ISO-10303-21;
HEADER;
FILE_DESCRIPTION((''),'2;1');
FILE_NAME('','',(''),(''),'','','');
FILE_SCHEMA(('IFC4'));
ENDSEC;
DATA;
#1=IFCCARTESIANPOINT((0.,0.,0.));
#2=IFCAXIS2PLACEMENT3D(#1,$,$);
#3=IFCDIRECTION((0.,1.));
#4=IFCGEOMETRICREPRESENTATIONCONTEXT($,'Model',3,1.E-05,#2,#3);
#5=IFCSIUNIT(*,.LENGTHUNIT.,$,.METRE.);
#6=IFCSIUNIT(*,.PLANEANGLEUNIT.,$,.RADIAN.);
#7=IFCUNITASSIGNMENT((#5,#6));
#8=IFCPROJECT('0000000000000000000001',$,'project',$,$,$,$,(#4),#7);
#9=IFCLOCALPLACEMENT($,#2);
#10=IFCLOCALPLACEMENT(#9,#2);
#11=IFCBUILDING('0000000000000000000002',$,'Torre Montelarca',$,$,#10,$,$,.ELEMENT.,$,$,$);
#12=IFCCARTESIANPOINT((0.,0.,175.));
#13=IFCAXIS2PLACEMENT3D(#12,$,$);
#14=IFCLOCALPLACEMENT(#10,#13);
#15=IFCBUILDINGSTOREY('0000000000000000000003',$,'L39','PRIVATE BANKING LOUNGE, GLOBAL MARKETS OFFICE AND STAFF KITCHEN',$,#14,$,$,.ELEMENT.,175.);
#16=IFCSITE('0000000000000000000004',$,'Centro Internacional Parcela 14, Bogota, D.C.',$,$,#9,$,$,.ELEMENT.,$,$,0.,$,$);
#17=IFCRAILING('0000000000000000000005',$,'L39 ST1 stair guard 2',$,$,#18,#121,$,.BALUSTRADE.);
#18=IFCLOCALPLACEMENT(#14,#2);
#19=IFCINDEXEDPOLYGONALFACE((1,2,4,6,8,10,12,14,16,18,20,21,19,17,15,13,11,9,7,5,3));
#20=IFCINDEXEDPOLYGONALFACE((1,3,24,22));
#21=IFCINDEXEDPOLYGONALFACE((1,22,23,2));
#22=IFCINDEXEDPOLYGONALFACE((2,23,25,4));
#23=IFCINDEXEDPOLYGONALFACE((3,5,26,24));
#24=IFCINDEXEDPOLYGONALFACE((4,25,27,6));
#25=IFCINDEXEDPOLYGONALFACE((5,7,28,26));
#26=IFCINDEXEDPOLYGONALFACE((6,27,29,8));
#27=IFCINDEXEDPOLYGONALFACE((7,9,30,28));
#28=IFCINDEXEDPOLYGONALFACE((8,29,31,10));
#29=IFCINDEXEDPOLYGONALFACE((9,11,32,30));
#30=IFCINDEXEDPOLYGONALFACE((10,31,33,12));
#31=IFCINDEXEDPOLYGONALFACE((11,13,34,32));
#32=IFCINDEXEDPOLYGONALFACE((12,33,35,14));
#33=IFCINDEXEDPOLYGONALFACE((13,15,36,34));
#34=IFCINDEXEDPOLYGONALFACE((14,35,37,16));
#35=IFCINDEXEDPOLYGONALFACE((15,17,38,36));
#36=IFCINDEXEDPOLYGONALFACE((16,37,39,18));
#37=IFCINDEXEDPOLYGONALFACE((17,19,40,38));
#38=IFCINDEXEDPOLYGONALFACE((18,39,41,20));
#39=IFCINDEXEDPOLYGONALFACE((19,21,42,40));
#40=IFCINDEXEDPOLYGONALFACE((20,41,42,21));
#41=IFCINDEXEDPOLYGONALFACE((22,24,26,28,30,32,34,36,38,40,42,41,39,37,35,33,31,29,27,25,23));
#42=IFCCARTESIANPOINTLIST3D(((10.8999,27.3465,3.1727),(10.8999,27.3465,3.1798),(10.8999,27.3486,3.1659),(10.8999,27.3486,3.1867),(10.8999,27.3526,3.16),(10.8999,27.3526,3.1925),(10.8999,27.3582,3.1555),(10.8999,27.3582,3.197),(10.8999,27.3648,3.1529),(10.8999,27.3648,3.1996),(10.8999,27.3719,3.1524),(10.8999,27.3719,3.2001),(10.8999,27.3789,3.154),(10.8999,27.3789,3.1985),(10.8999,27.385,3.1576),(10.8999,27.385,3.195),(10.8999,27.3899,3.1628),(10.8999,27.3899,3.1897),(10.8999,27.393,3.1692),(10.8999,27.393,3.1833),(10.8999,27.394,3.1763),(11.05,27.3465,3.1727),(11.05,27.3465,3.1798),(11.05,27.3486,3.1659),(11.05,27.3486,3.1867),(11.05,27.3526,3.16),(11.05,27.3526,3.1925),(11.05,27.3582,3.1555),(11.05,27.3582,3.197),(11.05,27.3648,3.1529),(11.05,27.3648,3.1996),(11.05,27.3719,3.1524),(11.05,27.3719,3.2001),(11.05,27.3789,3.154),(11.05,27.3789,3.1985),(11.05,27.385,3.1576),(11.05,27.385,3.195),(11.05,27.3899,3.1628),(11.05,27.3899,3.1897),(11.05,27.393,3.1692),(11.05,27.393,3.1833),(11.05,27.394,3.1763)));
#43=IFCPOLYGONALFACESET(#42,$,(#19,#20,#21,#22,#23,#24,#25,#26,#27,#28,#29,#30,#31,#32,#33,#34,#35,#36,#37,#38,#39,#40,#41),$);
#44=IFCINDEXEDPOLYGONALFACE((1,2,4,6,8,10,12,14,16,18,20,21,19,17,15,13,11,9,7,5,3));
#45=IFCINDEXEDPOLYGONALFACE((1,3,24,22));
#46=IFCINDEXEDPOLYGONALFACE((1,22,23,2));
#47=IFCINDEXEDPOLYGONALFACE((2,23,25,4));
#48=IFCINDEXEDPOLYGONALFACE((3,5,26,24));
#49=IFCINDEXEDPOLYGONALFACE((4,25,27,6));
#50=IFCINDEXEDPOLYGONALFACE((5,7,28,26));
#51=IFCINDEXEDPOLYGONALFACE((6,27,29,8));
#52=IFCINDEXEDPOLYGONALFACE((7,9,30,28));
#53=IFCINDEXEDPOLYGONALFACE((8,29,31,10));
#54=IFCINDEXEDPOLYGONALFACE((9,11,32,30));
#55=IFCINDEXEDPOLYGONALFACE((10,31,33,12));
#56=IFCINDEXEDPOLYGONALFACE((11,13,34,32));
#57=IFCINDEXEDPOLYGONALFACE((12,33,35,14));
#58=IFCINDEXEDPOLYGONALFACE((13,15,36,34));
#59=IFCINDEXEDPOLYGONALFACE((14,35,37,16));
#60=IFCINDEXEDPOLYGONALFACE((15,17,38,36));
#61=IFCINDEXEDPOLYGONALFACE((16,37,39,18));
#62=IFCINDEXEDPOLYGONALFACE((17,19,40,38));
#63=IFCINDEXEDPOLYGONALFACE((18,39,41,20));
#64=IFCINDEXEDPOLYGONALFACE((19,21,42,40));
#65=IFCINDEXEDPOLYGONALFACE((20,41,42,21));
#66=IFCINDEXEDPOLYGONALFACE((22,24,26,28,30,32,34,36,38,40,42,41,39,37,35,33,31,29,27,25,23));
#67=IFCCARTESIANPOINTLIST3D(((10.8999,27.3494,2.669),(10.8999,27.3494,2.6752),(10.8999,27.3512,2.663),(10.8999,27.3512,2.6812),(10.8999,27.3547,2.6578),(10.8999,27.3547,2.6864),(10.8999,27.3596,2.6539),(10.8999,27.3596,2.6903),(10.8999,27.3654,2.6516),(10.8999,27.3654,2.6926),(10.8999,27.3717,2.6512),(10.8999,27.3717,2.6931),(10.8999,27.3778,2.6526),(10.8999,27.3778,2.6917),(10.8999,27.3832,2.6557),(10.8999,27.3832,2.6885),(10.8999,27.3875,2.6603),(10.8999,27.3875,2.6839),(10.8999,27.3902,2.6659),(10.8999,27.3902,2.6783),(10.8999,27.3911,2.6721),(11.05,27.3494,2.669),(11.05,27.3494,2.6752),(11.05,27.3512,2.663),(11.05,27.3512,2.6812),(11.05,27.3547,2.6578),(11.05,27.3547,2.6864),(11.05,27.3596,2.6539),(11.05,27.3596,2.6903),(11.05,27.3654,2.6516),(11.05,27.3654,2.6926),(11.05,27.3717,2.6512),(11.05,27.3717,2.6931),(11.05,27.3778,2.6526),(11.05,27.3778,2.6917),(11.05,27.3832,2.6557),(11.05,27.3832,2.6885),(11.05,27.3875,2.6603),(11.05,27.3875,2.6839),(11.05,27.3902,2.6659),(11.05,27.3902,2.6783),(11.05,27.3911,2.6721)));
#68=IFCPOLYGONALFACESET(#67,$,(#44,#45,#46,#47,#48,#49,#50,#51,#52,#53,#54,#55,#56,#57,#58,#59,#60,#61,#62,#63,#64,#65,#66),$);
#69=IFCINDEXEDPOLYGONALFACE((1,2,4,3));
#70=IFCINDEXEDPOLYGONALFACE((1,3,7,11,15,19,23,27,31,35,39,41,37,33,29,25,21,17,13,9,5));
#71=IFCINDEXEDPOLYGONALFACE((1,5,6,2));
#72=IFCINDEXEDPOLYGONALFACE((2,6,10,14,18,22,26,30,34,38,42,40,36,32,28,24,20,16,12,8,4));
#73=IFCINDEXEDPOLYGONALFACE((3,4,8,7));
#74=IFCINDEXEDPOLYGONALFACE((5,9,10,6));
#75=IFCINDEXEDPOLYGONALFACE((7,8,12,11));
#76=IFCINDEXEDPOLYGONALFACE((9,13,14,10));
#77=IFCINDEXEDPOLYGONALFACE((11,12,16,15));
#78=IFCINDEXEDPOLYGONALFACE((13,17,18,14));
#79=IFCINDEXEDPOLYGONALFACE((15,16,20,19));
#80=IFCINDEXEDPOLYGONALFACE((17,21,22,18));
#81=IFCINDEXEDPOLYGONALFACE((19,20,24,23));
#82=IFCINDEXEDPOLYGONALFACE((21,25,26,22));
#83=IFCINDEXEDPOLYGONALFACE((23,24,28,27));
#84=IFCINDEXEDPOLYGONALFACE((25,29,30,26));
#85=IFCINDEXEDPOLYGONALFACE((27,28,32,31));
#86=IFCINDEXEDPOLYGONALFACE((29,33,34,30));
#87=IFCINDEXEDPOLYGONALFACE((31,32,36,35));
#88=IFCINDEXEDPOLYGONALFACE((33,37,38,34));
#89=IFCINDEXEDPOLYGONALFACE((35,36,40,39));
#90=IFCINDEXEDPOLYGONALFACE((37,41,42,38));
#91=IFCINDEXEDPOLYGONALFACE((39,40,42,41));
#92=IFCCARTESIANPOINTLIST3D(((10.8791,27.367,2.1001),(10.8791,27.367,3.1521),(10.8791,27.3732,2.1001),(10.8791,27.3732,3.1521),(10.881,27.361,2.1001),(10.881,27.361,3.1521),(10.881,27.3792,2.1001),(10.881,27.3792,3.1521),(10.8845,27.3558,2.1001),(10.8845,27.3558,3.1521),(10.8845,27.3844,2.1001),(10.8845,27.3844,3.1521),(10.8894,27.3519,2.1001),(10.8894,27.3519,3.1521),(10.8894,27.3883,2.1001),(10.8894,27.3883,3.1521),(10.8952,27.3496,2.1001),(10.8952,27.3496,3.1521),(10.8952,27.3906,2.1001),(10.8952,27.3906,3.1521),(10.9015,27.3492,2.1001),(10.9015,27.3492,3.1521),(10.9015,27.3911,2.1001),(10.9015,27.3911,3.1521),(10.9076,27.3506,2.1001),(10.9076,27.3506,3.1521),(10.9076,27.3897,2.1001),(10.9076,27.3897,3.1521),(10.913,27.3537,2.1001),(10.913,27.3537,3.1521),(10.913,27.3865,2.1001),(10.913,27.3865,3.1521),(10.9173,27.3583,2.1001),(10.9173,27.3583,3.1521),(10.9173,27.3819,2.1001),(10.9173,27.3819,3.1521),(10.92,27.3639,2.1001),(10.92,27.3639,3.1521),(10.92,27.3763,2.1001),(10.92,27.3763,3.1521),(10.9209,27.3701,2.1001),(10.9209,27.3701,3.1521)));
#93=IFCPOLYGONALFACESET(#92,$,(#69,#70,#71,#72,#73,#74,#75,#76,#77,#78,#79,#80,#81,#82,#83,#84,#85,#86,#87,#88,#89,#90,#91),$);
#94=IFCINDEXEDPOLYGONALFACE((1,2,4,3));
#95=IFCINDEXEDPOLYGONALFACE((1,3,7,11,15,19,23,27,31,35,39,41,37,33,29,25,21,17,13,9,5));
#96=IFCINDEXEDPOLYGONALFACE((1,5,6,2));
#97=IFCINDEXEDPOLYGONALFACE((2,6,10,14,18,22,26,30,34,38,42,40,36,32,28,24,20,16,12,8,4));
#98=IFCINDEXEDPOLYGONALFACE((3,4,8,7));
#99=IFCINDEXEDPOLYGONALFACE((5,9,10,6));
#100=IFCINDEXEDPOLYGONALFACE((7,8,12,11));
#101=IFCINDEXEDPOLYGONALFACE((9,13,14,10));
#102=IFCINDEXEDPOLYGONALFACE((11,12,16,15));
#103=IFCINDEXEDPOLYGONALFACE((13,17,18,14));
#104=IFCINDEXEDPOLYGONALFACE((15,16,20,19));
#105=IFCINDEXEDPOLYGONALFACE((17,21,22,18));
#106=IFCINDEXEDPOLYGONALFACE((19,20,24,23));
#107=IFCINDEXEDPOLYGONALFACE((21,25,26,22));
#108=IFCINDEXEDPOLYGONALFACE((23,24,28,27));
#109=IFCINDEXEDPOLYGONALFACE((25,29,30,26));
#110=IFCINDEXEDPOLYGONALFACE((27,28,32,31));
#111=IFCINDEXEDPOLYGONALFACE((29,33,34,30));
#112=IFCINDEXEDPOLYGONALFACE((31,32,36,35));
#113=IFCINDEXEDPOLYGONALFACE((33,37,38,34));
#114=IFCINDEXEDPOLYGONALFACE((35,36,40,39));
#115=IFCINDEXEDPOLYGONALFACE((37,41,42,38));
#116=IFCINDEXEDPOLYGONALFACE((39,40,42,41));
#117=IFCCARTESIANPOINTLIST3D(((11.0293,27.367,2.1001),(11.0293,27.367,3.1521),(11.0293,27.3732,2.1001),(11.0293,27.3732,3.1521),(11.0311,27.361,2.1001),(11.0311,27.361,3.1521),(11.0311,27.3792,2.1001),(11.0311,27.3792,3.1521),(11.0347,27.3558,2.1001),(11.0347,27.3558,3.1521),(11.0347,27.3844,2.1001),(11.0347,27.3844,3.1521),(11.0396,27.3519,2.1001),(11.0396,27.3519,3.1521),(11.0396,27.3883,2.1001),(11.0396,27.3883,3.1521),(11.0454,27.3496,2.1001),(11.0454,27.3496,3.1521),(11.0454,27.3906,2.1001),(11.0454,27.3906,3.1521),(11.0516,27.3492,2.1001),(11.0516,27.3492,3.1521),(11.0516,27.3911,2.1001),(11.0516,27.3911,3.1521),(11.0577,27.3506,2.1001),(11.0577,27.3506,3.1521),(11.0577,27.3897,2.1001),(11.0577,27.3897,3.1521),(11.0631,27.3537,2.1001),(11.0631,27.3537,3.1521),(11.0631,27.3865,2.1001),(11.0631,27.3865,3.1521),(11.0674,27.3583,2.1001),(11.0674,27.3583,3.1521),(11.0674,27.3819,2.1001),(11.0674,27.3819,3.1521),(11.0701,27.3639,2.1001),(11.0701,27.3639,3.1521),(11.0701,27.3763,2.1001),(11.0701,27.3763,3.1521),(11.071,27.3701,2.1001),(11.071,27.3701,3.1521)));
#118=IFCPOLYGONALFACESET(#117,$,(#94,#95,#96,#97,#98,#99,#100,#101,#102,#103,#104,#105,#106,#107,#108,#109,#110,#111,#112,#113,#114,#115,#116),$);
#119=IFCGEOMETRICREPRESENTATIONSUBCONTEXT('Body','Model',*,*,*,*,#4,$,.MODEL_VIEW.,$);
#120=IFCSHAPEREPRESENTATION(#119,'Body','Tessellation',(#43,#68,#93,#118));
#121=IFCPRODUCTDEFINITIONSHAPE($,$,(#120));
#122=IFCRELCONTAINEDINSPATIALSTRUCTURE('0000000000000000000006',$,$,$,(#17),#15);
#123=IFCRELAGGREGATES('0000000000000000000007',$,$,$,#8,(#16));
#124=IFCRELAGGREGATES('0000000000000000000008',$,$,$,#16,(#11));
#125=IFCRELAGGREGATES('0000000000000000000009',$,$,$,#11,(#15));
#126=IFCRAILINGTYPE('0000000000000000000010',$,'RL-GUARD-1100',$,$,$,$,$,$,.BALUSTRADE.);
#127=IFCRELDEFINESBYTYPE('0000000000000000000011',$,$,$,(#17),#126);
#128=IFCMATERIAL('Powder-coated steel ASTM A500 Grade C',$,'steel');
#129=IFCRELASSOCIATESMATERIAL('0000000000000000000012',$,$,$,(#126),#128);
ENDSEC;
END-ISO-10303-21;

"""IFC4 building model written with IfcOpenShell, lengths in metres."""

from ifc_helpers import new_model, si_unit, direction, frame, origin, origin_2d, place, context, subcontext, project, spatial, circle, extrude, material, type_object, element, save


model = new_model("IFC4")

# Units and contexts
model_context = context("Model", 3, precision=1e-05, world=origin(), true_north=direction((0.0, 1.0)))
body_context = subcontext(model_context, "Body", "Model", "MODEL_VIEW")
ifc_project = project(units=[si_unit("LENGTHUNIT", "METRE"), si_unit("PLANEANGLEUNIT", "RADIAN")], contexts=[model_context])

# Site, building, storey
site_placement = place(None, origin())
site = spatial("IfcSite", under=ifc_project, at=site_placement, Name="Centro Internacional Parcela 14, Bogota, D.C.", CompositionType="ELEMENT", RefElevation=0.0)
building_placement = place(site_placement, origin())
building = spatial("IfcBuilding", under=site, at=building_placement, Name="Torre Montelarca", CompositionType="ELEMENT")
storey_placement = place(building_placement, frame((0.0, 0.0, 175.0)))
storey = spatial("IfcBuildingStorey", under=building, at=storey_placement, Name="L39", Description="PRIVATE BANKING LOUNGE, GLOBAL MARKETS OFFICE AND STAFF KITCHEN", CompositionType="ELEMENT", Elevation=175.0)

# Railing
ifc_material_1 = material(Name="Powder-coated steel ASTM A500 Grade C", Category="steel")
railing_type_1 = type_object("IfcRailingType", Name="RL-GUARD-1100", PredefinedType="BALUSTRADE", material=ifc_material_1)
railing_1_placement = place(storey_placement, frame((10.8999, 27.3701, 2.1001)))
element("IfcRailing", 1, at=railing_1_placement, inside=storey, type_object=railing_type_1, Name="L39 ST1 stair guard 2", PredefinedType="BALUSTRADE", context=body_context, shape_type="SweptSolid", body=[
    extrude(circle(Radius=0.0239, at=origin_2d()), frame((0.0, 0.0, 1.0762), z_axis=(1.0, 0.0, 0.0), x_axis=(0.0, 1.0, 0.0)), (0.0, 0.0, 1.0), 0.1501),
    extrude(circle(Radius=0.021, at=origin_2d()), frame((0.0, 0.0, 0.572), z_axis=(1.0, 0.0, 0.0), x_axis=(0.0, 1.0, 0.0)), (0.0, 0.0, 1.0), 0.1501),
    extrude(circle(Radius=0.021, at=origin_2d()), origin(), (0.0, 0.0, 1.0), 1.052),
    extrude(circle(Radius=0.021, at=origin_2d()), frame((0.1501, 0.0, 0.0)), (0.0, 0.0, 1.0), 1.052),
])

save(model, "model.ifc")
